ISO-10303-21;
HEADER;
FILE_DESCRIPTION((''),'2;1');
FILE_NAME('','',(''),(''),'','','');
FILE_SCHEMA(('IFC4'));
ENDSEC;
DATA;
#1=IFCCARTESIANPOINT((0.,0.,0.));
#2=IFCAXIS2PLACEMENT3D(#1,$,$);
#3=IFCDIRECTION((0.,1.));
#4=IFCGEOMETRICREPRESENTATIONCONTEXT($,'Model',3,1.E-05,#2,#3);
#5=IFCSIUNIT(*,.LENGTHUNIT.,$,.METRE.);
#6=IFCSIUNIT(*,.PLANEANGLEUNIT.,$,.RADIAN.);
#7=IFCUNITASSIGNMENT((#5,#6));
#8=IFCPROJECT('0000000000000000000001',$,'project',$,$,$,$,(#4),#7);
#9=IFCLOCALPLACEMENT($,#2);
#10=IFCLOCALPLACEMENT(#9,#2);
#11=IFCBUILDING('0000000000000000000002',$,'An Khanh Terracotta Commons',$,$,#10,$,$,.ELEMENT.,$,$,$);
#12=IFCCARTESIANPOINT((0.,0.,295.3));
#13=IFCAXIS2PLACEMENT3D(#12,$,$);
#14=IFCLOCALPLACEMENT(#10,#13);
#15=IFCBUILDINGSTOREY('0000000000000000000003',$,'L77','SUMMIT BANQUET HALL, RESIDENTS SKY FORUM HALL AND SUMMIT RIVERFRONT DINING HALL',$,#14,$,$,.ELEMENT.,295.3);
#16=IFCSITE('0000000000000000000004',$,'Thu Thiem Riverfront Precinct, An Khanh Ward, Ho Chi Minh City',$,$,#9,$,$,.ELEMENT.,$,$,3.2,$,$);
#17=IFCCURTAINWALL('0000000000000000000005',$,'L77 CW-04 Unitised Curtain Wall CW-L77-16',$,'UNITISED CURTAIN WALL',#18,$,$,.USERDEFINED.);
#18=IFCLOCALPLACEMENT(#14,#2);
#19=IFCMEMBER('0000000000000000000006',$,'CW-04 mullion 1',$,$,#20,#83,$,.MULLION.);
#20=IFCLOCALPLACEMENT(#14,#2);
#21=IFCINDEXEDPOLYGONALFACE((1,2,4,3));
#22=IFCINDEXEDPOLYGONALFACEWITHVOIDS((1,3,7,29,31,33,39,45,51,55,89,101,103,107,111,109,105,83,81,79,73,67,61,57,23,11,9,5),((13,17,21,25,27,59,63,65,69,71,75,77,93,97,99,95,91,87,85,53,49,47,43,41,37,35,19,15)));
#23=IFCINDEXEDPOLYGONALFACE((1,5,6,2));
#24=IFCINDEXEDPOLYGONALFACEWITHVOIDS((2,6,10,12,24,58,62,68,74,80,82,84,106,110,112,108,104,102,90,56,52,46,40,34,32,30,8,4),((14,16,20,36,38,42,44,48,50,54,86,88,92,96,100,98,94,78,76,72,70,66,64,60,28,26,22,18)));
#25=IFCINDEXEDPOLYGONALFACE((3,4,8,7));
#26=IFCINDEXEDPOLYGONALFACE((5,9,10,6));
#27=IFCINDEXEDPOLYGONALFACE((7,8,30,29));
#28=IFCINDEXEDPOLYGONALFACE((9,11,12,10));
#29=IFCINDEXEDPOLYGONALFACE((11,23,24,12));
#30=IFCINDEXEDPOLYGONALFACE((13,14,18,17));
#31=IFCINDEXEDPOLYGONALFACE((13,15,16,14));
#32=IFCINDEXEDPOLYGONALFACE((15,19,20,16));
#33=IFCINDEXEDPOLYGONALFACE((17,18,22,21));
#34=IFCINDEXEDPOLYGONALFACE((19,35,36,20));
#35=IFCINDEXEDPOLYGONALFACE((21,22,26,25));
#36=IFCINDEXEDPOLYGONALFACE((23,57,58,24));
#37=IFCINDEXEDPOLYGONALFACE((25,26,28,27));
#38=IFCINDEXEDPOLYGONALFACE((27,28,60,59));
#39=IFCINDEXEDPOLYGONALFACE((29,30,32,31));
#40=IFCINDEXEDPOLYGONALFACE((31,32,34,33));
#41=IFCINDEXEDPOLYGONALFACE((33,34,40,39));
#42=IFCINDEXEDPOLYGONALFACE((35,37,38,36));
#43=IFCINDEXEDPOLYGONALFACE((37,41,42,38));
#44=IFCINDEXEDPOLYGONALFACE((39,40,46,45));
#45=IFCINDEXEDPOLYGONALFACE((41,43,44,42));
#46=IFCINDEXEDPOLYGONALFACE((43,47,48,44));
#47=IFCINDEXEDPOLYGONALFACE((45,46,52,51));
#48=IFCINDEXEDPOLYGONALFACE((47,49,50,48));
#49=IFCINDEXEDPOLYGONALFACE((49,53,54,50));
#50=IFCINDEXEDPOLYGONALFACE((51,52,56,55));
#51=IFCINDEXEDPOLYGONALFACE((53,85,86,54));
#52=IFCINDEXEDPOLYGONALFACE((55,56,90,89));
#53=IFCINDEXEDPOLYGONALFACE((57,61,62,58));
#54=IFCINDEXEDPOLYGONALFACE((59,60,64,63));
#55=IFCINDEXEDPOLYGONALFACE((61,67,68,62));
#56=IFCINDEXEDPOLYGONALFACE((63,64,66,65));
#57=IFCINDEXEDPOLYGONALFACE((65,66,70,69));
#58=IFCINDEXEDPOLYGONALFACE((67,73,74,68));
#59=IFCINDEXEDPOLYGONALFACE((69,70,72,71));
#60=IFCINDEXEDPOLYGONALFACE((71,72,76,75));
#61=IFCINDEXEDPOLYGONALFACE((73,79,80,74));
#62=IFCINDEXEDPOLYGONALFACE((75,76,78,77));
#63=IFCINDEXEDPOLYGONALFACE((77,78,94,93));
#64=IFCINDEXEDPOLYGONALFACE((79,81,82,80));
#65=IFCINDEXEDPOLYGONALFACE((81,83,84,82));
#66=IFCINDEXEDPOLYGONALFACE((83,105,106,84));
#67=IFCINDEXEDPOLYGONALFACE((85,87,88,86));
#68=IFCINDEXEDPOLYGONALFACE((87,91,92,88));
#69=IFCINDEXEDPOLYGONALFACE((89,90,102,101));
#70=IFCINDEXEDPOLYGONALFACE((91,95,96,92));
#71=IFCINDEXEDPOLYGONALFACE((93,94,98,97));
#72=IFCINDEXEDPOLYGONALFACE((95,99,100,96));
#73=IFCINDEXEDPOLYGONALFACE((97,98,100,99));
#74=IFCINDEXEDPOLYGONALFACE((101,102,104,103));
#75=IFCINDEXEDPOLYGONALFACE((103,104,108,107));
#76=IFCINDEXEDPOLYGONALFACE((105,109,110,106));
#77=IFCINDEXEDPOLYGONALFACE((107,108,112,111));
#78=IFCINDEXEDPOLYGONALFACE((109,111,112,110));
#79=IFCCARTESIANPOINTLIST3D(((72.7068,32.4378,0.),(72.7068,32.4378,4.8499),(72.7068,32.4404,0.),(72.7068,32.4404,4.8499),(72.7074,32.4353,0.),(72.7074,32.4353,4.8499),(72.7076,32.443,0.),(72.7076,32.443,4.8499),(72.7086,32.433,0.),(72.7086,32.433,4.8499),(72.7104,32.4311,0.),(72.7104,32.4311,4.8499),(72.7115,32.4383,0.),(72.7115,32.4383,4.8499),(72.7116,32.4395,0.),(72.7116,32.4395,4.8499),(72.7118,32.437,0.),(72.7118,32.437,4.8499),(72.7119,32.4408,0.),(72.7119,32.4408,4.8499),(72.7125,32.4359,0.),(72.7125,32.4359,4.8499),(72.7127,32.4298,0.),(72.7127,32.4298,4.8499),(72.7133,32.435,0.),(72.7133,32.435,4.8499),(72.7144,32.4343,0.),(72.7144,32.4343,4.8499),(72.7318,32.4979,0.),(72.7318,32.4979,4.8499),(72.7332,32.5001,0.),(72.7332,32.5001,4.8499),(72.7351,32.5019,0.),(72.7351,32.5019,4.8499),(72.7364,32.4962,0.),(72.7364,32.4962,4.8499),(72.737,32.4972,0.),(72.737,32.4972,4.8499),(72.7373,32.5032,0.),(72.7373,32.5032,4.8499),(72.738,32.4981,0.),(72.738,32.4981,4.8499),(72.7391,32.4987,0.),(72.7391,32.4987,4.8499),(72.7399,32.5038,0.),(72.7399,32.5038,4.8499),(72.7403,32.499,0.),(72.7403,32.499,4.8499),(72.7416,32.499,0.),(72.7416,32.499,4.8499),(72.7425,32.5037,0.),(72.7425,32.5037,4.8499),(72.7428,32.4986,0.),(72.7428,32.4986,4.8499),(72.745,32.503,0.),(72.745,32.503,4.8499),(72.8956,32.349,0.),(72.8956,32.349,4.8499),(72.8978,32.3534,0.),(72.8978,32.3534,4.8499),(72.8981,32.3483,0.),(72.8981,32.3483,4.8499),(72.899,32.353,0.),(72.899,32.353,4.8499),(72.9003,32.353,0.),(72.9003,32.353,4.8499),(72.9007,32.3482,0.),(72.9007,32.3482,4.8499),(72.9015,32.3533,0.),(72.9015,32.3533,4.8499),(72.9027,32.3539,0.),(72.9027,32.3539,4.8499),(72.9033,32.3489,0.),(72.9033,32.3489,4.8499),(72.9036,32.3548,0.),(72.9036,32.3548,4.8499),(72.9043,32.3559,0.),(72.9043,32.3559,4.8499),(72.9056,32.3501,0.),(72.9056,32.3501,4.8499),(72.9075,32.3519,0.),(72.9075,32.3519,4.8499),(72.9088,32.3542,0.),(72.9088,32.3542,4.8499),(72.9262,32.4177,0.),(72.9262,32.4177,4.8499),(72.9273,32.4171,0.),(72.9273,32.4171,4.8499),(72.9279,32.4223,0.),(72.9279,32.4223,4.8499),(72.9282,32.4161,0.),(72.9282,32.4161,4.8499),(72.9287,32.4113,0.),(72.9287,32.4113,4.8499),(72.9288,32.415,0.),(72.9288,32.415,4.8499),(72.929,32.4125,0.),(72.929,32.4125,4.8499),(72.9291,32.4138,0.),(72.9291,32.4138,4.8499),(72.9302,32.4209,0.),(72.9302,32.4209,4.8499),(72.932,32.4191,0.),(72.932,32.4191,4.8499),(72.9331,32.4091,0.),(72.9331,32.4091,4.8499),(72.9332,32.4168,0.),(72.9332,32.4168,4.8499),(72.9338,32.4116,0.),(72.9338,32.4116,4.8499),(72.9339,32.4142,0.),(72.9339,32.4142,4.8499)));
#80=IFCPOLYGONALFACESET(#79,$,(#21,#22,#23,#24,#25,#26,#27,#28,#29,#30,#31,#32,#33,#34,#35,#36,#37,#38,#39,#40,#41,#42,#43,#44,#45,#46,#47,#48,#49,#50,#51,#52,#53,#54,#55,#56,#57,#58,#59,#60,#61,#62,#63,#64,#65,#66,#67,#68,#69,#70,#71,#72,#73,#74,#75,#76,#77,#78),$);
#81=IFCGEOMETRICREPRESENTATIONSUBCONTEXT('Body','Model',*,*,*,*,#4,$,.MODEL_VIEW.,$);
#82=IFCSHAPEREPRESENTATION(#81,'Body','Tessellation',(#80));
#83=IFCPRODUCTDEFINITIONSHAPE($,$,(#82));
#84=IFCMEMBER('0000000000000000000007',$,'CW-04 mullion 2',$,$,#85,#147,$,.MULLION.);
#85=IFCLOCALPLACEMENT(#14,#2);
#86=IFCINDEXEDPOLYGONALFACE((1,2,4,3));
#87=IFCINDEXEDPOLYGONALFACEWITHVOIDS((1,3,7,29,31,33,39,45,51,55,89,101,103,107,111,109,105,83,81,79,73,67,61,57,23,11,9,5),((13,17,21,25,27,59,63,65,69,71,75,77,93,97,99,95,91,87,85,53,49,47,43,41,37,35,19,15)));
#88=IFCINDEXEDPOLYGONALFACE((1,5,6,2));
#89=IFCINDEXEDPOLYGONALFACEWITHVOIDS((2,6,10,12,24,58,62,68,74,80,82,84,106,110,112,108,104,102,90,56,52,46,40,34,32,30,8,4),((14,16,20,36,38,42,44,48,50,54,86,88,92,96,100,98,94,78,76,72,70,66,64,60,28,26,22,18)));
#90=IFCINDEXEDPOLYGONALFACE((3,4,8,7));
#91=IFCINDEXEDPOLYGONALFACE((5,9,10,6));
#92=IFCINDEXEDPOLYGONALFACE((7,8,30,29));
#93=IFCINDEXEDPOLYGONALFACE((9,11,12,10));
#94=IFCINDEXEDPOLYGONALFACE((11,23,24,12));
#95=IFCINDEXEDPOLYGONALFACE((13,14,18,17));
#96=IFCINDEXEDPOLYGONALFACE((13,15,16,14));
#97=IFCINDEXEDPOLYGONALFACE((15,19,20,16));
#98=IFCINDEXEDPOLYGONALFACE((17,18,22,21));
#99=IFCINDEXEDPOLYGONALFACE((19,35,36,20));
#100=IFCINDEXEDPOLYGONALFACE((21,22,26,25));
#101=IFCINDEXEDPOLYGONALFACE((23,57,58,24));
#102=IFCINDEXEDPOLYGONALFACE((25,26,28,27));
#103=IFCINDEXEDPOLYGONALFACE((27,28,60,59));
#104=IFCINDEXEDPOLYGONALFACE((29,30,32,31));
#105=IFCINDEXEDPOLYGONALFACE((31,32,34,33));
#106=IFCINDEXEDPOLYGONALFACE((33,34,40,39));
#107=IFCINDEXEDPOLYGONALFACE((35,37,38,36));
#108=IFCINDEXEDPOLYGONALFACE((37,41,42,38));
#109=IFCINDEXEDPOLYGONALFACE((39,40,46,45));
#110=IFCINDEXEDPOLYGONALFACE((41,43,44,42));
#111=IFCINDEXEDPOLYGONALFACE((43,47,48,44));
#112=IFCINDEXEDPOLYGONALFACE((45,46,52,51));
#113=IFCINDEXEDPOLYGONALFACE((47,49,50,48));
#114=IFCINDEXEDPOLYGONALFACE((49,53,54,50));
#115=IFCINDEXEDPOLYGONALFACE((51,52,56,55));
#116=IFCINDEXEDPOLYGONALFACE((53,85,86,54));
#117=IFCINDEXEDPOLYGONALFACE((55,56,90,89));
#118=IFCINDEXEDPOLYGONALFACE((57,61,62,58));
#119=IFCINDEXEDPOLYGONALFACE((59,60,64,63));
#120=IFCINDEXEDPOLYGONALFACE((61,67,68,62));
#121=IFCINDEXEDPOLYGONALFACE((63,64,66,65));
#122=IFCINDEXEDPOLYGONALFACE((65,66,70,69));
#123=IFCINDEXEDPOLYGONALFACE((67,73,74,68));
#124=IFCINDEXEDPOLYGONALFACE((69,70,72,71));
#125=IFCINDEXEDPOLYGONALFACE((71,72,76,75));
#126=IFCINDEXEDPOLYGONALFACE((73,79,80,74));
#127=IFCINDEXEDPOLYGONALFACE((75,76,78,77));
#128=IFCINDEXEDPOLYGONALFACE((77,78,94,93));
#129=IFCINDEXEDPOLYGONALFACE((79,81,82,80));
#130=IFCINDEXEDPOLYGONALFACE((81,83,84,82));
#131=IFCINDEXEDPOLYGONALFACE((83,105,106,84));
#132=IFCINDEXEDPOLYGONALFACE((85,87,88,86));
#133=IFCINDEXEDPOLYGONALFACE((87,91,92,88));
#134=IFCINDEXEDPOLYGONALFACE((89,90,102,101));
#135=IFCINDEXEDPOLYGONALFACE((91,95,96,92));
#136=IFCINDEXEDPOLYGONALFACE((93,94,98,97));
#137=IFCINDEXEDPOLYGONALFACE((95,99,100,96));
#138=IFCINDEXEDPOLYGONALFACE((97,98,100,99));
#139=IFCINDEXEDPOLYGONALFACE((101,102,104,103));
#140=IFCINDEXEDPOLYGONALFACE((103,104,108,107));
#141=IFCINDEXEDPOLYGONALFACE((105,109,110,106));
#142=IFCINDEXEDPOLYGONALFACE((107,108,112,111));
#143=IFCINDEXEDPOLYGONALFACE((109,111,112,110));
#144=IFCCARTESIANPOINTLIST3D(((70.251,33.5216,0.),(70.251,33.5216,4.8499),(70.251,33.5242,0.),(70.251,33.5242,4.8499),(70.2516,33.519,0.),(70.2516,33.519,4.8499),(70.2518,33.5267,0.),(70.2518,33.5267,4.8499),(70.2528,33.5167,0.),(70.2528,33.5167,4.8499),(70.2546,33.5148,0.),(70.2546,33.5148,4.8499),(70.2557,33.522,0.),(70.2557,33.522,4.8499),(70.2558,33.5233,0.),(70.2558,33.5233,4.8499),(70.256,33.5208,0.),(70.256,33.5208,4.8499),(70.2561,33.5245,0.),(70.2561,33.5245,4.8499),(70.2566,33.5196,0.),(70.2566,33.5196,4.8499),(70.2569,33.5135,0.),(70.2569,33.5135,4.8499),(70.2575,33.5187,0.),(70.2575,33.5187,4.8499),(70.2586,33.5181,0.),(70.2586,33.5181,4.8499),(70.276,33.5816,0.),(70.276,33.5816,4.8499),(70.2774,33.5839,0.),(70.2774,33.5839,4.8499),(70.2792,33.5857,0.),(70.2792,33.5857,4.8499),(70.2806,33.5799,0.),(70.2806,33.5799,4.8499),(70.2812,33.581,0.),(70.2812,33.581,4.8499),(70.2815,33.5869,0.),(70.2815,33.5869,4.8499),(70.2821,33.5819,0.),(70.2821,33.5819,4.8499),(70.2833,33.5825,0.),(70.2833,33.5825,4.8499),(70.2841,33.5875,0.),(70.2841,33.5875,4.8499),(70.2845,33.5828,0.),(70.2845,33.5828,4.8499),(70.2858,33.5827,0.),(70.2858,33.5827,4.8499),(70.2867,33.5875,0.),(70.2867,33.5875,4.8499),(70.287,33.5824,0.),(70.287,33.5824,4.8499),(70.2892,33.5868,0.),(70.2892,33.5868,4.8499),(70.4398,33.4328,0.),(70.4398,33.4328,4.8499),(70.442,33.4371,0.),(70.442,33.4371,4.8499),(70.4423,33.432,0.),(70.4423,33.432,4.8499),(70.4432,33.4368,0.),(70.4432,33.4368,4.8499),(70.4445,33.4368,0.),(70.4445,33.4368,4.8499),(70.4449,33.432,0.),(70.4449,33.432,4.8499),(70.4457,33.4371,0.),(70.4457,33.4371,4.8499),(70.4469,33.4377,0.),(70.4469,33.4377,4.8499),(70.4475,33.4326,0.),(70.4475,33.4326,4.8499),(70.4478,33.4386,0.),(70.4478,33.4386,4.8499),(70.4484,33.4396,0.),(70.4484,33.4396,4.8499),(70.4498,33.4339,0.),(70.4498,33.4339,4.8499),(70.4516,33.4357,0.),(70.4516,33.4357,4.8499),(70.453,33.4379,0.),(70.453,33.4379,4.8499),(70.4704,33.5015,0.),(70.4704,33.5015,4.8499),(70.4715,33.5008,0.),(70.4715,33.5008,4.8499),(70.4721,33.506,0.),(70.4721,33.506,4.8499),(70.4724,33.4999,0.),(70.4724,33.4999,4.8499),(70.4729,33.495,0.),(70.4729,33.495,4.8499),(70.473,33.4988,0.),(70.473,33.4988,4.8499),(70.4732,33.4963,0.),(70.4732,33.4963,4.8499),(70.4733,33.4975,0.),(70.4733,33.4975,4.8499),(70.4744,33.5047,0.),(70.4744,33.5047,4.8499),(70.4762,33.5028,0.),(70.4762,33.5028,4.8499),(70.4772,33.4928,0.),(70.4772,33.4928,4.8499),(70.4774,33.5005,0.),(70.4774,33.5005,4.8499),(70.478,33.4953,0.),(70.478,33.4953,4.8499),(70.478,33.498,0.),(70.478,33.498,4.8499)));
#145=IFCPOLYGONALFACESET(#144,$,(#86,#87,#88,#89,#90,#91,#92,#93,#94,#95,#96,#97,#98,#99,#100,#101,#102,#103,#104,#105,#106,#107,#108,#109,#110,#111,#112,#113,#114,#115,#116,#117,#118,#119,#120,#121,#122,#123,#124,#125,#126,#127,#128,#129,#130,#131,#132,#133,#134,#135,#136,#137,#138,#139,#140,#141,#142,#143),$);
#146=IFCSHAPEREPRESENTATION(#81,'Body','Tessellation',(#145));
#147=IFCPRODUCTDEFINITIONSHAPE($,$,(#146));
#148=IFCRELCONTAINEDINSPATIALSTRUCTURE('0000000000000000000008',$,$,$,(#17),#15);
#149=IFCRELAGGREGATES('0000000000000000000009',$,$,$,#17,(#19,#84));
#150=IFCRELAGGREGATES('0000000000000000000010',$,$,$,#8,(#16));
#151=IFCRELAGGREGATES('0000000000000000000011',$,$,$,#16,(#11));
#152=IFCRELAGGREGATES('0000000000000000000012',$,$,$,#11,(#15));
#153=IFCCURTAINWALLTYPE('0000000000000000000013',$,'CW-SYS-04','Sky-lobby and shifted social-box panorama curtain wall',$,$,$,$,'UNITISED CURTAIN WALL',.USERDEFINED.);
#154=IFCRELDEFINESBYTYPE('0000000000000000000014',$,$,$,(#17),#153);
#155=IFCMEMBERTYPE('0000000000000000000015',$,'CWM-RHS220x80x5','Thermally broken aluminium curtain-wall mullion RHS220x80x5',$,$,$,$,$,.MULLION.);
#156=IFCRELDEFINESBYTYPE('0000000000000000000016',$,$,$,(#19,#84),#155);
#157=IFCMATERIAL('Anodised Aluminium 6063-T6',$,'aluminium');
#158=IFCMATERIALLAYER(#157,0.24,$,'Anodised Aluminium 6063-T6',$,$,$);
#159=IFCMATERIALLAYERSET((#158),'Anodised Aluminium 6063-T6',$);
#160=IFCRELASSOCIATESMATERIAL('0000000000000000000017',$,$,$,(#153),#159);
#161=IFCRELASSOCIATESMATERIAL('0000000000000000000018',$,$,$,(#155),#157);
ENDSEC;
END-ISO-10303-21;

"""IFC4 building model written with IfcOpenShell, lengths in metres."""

from ifc_helpers import new_model, si_unit, direction, frame, origin, origin_2d, place, context, subcontext, project, spatial, hollow_rectangle, extrude, material, layer, layer_set, material_profile, profile_set, type_object, element, aggregate, save


model = new_model("IFC4")

# Units and contexts
model_context = context("Model", 3, precision=1e-05, world=origin(), true_north=direction((0.0, 1.0)))
body_context = subcontext(model_context, "Body", "Model", "MODEL_VIEW")
ifc_project = project(units=[si_unit("LENGTHUNIT", "METRE"), si_unit("PLANEANGLEUNIT", "RADIAN")], contexts=[model_context])

# Site, building, storey
site_placement = place(None, origin())
site = spatial("IfcSite", under=ifc_project, at=site_placement, Name="Thu Thiem Riverfront Precinct, An Khanh Ward, Ho Chi Minh City", CompositionType="ELEMENT", RefElevation=3.2)
building_placement = place(site_placement, origin())
building = spatial("IfcBuilding", under=site, at=building_placement, Name="An Khanh Terracotta Commons", CompositionType="ELEMENT")
storey_placement = place(building_placement, frame((0.0, 0.0, 295.3)))
storey = spatial("IfcBuildingStorey", under=building, at=storey_placement, Name="L77", Description="SUMMIT BANQUET HALL, RESIDENTS SKY FORUM HALL AND SUMMIT RIVERFRONT DINING HALL", CompositionType="ELEMENT", Elevation=295.3)

# Curtain wall, members
ifc_material_1 = material(Name="Anodised Aluminium 6063-T6", Category="aluminium")
ifc_layer_1 = layer(ifc_material_1, 0.24, Name="Anodised Aluminium 6063-T6")
ifc_layer_set_1 = layer_set([ifc_layer_1], Name="Anodised Aluminium 6063-T6")
curtain_wall_type = type_object("IfcCurtainWallType", Name="CW-SYS-04", Description="Sky-lobby and shifted social-box panorama curtain wall", ElementType="UNITISED CURTAIN WALL", PredefinedType="USERDEFINED", material=ifc_layer_set_1)
ifc_material_profile_1 = material_profile(ifc_material_1, hollow_rectangle(XDim=0.0801, YDim=0.22, WallThickness=0.0049, InnerFilletRadius=0.0049, OuterFilletRadius=0.01, at=origin_2d()), Name="RHS220x80x5")
ifc_profile_set_1 = profile_set([ifc_material_profile_1], Name="Anodised Aluminium 6063-T6")
member_type_1 = type_object("IfcMemberType", Name="CWM-RHS220x80x5", Description="Thermally broken aluminium curtain-wall mullion RHS220x80x5", PredefinedType="MULLION", material=ifc_profile_set_1)
curtain_wall_1_placement = place(storey_placement, origin())
curtain_wall_1 = element("IfcCurtainWall", 1, at=curtain_wall_1_placement, inside=storey, type_object=curtain_wall_type, Name="L77 CW-04 Unitised Curtain Wall CW-L77-16", ObjectType="UNITISED CURTAIN WALL", PredefinedType="USERDEFINED")
member_1_placement = place(storey_placement, frame((72.8203, 32.426, 0.0), z_axis=(0.0, 0.0, 1.0), x_axis=(-0.403676, -0.914902, 0.0)))
member_1 = element("IfcMember", 2, at=member_1_placement, type_object=member_type_1, Name="CW-04 mullion 1", PredefinedType="MULLION", context=body_context, shape_type="SweptSolid", body=[
    extrude(hollow_rectangle(XDim=0.0801, YDim=0.22, WallThickness=0.0049, InnerFilletRadius=0.0049, OuterFilletRadius=0.01, at=origin_2d()), origin(), (0.0, 0.0, 1.0), 4.8499),
])
member_2_placement = place(storey_placement, frame((70.3645, 33.5098, 0.0), z_axis=(0.0, 0.0, 1.0), x_axis=(-0.403676, -0.914902, 0.0)))
member_2 = element("IfcMember", 3, at=member_2_placement, type_object=member_type_1, Name="CW-04 mullion 2", PredefinedType="MULLION", context=body_context, shape_type="SweptSolid", body=[
    extrude(hollow_rectangle(XDim=0.0801, YDim=0.22, WallThickness=0.0049, InnerFilletRadius=0.0049, OuterFilletRadius=0.01, at=origin_2d()), origin(), (0.0, 0.0, 1.0), 4.8499),
])

aggregate(curtain_wall_1, [member_1, member_2])

save(model, "model.ifc")
